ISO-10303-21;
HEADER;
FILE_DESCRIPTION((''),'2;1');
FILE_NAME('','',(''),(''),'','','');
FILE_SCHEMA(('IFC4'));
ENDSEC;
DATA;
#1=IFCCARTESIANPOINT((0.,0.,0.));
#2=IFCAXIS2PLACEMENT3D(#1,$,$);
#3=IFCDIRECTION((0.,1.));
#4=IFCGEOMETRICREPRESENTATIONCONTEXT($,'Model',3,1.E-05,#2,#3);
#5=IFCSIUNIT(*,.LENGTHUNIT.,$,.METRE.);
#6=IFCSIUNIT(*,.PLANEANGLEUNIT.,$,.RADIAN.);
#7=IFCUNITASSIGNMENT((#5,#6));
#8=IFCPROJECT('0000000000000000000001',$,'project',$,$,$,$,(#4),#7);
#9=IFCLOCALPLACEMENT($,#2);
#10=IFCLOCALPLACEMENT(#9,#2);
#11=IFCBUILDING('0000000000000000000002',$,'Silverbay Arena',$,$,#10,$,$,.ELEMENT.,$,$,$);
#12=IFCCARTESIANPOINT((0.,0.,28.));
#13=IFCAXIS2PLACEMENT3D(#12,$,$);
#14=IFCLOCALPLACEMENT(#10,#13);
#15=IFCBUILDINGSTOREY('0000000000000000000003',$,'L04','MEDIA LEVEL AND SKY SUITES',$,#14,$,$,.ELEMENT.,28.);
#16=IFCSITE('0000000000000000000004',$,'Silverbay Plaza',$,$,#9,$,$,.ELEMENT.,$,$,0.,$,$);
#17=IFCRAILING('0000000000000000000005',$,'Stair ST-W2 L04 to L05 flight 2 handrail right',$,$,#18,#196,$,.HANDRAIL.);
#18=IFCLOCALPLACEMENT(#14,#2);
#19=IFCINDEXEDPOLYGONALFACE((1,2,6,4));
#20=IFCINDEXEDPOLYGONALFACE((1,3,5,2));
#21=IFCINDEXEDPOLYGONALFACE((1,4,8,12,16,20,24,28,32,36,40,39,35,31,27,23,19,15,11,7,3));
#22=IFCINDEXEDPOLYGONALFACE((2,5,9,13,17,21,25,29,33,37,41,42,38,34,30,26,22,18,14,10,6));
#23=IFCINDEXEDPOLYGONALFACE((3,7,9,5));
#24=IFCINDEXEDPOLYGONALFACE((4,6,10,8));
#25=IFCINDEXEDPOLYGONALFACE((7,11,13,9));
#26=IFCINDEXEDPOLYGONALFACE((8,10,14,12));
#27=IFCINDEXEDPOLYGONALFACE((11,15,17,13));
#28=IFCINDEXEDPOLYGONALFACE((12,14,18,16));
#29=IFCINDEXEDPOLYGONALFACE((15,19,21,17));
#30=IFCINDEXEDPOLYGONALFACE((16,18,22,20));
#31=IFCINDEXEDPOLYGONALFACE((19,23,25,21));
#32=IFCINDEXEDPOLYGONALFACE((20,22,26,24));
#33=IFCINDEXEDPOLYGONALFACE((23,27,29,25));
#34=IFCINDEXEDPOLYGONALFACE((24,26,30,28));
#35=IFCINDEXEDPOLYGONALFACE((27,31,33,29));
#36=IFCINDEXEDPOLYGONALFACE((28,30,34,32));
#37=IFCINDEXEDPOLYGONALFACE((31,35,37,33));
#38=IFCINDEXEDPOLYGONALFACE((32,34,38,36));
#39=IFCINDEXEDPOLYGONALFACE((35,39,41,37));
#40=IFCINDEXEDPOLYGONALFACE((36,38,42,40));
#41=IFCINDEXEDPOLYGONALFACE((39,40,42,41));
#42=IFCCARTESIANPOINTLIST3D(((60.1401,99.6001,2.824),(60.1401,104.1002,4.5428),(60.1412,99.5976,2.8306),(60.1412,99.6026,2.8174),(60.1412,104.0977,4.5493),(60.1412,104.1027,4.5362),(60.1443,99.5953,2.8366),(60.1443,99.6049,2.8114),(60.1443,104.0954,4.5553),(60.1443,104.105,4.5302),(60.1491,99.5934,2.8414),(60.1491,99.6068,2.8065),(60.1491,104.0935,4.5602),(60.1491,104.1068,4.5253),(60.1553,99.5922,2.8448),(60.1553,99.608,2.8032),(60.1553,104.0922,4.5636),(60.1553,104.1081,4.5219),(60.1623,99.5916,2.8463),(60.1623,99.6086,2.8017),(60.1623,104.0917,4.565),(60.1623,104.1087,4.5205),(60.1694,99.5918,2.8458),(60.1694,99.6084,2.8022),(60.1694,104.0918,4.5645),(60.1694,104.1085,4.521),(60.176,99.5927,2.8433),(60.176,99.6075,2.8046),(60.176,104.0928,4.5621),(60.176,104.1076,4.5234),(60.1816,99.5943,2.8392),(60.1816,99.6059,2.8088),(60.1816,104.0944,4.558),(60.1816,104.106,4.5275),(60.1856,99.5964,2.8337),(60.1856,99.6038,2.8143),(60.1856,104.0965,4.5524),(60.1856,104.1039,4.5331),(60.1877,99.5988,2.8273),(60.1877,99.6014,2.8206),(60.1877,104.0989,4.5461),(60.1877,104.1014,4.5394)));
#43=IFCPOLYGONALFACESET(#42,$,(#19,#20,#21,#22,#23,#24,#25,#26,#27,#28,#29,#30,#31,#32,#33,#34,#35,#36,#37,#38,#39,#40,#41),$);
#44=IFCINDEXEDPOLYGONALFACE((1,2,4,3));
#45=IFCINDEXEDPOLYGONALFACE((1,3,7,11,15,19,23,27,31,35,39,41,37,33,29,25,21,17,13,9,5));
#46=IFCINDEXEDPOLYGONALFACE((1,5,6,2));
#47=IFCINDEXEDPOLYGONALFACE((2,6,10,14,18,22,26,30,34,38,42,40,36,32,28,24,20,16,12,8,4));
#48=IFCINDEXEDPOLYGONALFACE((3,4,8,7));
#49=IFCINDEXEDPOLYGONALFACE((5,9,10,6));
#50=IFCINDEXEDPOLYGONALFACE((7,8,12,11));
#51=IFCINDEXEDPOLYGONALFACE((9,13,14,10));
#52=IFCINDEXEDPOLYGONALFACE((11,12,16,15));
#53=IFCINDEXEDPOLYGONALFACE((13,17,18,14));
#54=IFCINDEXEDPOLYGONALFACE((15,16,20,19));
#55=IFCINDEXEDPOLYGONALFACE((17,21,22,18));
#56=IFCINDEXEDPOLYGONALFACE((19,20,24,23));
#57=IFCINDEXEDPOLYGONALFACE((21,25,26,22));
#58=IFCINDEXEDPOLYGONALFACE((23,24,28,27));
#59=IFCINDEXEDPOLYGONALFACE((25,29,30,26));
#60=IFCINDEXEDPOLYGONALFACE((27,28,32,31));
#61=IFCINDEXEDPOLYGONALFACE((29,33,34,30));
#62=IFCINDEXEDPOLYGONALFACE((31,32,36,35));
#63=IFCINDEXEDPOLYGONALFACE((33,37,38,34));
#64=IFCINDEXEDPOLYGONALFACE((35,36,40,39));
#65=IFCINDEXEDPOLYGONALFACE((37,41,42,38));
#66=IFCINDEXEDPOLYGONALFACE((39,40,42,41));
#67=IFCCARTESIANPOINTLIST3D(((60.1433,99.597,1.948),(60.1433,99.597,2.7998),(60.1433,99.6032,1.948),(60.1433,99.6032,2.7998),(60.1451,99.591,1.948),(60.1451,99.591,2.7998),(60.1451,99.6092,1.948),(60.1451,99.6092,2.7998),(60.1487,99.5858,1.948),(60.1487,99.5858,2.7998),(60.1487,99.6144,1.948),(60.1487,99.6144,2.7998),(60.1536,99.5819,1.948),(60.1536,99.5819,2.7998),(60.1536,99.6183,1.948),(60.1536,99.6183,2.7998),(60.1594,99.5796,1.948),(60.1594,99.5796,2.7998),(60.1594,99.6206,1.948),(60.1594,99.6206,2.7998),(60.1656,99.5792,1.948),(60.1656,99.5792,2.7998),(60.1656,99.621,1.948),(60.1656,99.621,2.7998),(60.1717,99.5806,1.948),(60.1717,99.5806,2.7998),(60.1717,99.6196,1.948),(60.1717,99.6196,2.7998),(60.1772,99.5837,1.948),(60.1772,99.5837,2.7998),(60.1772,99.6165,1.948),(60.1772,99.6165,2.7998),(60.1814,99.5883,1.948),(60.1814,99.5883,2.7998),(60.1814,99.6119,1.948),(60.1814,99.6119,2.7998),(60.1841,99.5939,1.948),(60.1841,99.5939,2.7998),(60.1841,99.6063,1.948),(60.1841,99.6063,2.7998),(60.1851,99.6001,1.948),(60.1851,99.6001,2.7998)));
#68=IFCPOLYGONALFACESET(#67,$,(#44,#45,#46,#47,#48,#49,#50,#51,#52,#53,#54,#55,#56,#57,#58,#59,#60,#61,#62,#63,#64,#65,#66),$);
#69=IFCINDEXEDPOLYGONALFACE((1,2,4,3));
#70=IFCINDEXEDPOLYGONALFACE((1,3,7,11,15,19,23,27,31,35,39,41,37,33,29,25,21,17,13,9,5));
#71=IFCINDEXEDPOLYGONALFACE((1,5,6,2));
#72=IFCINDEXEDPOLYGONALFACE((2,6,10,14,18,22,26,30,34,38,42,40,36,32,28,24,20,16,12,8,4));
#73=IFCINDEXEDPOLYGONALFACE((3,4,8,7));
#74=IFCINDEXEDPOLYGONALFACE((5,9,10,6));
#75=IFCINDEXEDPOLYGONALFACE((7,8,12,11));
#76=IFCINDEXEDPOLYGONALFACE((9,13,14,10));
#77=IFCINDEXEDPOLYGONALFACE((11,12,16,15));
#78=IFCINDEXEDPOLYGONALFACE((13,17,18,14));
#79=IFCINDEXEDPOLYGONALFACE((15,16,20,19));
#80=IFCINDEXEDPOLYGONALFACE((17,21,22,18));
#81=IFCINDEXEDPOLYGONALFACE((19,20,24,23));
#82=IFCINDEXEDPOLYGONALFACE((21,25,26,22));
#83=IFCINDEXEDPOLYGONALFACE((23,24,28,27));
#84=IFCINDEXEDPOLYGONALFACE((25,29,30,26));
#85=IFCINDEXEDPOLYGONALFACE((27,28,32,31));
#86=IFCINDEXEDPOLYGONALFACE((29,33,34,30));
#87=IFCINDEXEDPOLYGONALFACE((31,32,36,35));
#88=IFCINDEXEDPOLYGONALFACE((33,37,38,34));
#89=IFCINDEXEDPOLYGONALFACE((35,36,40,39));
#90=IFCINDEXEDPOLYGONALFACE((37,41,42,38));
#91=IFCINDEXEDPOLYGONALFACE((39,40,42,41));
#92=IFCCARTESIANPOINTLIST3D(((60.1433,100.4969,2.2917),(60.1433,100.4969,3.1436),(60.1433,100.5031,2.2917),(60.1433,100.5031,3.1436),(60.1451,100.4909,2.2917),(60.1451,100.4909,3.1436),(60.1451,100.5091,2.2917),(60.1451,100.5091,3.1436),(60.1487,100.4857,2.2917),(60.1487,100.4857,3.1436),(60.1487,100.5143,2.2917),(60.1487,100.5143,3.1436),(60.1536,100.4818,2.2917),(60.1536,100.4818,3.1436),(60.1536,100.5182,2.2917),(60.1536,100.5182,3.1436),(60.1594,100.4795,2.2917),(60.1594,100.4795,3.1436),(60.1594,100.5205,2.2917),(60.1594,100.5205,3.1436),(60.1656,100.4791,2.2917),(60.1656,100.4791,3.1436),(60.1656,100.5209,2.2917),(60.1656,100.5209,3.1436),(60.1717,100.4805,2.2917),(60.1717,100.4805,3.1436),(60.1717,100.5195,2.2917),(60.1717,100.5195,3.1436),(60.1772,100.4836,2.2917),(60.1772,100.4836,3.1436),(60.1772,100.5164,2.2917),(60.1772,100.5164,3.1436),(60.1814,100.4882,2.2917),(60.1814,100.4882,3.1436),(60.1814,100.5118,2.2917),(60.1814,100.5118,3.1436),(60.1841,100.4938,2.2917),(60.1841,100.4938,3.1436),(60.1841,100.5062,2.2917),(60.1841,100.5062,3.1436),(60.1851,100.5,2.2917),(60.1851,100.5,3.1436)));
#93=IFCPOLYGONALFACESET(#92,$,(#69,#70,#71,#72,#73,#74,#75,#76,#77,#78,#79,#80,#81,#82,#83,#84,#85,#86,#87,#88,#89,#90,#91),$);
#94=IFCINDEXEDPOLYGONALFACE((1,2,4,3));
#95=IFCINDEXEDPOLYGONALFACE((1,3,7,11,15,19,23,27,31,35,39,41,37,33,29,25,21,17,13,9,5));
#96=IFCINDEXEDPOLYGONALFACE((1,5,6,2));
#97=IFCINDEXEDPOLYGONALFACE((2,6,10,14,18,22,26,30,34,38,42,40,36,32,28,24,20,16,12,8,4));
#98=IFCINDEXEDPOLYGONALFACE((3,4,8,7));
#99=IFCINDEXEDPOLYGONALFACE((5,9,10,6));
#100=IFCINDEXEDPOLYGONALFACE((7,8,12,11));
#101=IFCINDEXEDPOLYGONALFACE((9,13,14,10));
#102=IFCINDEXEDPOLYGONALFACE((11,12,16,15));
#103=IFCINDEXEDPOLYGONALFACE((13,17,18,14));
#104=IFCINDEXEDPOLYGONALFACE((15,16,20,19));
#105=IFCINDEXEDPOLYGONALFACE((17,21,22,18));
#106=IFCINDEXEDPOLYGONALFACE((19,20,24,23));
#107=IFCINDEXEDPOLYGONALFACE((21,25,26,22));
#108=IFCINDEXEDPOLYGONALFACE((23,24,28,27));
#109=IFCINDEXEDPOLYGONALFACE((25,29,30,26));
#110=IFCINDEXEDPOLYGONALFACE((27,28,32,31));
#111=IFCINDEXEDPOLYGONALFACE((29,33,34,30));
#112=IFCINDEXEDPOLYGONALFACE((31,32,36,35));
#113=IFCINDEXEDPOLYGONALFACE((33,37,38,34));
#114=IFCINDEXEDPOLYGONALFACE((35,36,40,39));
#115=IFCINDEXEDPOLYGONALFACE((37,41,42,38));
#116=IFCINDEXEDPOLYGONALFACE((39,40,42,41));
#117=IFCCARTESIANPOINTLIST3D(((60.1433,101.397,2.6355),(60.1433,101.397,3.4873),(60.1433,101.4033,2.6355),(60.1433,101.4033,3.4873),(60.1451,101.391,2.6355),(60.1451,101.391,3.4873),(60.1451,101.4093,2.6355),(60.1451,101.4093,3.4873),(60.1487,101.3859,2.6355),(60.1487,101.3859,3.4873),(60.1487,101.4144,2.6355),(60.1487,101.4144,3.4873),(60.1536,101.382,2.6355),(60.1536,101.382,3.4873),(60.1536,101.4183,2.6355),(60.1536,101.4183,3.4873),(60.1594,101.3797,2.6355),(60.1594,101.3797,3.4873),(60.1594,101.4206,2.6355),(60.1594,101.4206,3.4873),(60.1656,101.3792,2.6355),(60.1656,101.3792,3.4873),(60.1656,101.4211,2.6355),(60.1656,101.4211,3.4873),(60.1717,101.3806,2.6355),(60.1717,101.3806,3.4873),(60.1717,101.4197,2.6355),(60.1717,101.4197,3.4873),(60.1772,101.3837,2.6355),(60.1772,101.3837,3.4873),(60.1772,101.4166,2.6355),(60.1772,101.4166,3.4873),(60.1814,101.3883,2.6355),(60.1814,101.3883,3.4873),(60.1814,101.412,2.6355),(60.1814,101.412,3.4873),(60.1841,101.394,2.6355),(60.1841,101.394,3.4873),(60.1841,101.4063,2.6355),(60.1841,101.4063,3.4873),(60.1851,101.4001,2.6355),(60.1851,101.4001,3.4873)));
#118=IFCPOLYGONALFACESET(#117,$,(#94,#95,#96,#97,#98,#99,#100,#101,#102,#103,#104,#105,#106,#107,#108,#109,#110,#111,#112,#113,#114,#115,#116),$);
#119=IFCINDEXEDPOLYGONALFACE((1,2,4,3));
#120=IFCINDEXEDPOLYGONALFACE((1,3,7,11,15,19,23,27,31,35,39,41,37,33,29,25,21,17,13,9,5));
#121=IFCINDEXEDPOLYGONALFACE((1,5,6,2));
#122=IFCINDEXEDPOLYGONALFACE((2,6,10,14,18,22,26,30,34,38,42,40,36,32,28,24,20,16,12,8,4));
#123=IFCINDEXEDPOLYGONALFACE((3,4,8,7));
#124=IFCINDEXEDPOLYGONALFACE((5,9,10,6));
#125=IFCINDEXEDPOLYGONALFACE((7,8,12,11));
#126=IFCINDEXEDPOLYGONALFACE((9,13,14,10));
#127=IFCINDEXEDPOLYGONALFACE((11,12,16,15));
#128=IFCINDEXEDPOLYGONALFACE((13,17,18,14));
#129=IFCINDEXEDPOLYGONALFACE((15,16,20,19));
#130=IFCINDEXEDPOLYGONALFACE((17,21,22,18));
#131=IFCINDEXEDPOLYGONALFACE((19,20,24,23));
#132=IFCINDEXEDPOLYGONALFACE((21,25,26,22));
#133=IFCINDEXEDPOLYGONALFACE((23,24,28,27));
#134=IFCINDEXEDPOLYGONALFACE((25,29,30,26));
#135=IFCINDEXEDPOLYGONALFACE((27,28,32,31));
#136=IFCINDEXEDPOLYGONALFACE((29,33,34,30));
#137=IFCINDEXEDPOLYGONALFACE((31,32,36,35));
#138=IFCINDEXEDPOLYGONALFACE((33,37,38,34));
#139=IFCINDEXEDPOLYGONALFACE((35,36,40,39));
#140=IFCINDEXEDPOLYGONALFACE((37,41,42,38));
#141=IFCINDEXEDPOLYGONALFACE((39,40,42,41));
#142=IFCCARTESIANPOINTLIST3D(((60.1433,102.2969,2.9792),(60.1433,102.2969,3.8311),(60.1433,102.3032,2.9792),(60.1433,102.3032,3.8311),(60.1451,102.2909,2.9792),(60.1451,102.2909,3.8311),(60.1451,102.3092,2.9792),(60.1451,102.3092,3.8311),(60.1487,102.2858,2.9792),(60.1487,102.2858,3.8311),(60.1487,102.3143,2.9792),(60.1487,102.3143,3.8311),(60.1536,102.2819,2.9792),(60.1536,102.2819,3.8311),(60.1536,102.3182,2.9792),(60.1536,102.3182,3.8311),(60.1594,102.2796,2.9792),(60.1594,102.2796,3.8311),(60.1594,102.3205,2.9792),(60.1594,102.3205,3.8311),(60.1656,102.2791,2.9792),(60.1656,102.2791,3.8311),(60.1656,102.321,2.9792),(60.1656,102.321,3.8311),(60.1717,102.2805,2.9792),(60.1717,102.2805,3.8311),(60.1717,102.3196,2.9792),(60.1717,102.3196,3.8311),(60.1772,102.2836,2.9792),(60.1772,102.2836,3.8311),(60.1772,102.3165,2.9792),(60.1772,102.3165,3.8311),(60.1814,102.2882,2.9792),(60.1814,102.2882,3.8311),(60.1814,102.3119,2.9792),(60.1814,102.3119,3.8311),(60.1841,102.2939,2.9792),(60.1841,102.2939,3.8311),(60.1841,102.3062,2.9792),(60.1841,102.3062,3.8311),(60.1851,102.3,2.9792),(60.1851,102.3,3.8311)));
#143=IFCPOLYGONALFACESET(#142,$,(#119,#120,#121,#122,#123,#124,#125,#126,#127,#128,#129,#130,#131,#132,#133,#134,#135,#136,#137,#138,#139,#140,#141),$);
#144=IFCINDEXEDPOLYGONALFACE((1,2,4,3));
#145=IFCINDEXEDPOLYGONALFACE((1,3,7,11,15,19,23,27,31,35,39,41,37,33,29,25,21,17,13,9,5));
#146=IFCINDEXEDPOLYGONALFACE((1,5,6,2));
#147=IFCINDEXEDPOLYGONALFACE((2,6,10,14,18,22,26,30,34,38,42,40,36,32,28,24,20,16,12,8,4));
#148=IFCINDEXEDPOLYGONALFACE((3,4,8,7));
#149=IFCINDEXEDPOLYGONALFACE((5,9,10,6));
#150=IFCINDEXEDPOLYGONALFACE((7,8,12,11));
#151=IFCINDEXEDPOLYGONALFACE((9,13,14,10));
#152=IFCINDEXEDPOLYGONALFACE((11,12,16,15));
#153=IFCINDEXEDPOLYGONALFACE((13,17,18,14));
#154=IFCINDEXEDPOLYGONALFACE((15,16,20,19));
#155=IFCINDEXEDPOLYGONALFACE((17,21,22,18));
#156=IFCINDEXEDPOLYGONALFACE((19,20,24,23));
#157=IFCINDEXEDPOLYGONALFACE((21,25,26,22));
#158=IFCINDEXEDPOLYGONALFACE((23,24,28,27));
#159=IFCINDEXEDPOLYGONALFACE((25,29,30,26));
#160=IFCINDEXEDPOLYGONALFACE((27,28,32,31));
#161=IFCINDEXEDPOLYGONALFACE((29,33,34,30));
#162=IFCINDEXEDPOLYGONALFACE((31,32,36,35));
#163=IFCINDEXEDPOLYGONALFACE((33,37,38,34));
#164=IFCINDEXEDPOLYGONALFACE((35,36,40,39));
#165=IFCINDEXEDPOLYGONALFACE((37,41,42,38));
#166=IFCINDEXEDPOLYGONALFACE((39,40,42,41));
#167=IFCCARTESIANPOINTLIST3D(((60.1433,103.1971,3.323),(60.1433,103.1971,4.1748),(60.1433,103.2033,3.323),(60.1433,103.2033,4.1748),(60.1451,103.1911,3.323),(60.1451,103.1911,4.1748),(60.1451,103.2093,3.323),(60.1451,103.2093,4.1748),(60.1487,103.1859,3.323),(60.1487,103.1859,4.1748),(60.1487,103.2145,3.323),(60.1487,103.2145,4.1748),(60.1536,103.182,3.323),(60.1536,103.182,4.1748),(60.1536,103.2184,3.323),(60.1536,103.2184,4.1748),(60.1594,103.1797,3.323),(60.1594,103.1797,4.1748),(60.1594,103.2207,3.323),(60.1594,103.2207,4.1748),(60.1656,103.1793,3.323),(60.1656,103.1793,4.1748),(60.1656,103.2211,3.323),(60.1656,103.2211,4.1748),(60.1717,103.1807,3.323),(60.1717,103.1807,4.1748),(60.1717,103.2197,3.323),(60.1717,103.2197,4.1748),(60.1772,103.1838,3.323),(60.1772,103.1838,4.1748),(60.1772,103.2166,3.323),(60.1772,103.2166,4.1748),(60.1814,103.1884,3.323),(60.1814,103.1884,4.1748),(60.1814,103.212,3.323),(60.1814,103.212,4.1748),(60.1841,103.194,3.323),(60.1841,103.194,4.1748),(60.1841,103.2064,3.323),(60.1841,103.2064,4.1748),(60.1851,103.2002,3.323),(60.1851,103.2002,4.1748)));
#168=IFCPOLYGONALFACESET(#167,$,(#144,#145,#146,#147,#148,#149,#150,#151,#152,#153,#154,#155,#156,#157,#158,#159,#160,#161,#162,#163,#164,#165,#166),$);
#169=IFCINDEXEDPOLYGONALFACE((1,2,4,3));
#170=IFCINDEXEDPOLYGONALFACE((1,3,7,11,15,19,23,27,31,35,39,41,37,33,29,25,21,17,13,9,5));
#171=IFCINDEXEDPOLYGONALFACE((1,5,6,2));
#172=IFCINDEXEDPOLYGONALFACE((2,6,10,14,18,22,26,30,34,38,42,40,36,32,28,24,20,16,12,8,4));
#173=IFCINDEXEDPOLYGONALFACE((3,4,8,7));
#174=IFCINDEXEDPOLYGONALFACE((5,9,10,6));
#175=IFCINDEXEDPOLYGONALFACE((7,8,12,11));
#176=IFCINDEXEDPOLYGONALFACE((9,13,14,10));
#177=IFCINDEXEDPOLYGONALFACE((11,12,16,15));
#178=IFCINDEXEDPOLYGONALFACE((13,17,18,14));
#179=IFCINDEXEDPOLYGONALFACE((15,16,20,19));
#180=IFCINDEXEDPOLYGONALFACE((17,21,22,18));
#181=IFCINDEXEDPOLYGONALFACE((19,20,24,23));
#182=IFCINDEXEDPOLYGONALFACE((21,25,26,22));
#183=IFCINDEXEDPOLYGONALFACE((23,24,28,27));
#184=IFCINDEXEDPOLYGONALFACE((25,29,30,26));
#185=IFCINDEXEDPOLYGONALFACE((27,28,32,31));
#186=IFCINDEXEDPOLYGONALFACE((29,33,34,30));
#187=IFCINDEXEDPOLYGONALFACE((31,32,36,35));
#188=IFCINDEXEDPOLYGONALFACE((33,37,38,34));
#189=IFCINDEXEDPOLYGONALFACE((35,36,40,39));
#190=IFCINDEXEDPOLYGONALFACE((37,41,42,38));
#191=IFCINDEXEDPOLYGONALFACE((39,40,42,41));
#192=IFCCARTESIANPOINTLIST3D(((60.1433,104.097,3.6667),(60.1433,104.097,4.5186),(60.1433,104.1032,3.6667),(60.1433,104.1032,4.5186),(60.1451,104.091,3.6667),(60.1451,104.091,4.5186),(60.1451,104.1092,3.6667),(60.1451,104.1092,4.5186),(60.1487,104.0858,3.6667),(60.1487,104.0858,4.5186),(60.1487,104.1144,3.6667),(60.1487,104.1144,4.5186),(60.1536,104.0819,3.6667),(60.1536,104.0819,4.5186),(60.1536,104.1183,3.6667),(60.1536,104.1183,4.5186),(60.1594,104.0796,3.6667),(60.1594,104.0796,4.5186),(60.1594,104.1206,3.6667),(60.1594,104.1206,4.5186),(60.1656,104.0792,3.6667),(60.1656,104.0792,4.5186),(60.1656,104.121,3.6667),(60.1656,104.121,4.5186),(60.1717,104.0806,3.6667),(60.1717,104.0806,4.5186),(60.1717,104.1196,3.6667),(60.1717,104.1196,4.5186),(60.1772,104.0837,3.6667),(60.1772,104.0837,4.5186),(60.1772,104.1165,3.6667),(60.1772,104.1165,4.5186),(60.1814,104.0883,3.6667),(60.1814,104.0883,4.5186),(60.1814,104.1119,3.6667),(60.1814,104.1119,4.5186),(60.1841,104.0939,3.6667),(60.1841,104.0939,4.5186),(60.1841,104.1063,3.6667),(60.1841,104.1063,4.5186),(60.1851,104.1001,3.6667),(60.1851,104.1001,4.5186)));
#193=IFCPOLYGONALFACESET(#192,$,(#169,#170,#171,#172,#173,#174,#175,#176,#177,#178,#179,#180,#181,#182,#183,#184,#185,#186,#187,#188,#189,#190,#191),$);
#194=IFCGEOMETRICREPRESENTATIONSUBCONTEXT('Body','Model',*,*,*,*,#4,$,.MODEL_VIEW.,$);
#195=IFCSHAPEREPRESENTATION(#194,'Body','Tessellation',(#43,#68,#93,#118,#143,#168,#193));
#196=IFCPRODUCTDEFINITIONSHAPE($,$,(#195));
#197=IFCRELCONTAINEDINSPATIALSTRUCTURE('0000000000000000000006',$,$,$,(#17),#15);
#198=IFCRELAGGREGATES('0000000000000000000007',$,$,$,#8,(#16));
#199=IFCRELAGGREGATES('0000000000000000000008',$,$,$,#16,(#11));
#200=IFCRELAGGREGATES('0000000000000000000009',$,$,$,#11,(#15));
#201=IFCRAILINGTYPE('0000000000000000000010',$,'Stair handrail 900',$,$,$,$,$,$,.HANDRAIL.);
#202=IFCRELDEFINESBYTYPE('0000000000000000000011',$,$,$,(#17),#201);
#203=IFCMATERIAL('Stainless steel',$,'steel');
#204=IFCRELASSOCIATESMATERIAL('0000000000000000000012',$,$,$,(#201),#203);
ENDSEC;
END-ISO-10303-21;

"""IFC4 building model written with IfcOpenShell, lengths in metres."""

from ifc_helpers import new_model, si_unit, direction, frame, origin, origin_2d, place, context, subcontext, project, spatial, circle, extrude, material, type_object, element, save


model = new_model("IFC4")

# Units and contexts
model_context = context("Model", 3, precision=1e-05, world=origin(), true_north=direction((0.0, 1.0)))
body_context = subcontext(model_context, "Body", "Model", "MODEL_VIEW")
ifc_project = project(units=[si_unit("LENGTHUNIT", "METRE"), si_unit("PLANEANGLEUNIT", "RADIAN")], contexts=[model_context])

# Site, building, storey
site_placement = place(None, origin())
site = spatial("IfcSite", under=ifc_project, at=site_placement, Name="Silverbay Plaza", CompositionType="ELEMENT", RefElevation=0.0)
building_placement = place(site_placement, origin())
building = spatial("IfcBuilding", under=site, at=building_placement, Name="Silverbay Arena", CompositionType="ELEMENT")
storey_placement = place(building_placement, frame((0.0, 0.0, 28.0)))
storey = spatial("IfcBuildingStorey", under=building, at=storey_placement, Name="L04", Description="MEDIA LEVEL AND SKY SUITES", CompositionType="ELEMENT", Elevation=28.0)

# Railing
ifc_material_1 = material(Name="Stainless steel", Category="steel")
railing_type_1 = type_object("IfcRailingType", Name="Stair handrail 900", PredefinedType="HANDRAIL", material=ifc_material_1)
for number, where, name in (
    (1, (60.1641, 99.6001, 1.948), "Stair ST-W2 L04 to L05 flight 2 handrail right"),
):
    element("IfcRailing", number, at=place(storey_placement, frame(where)), inside=storey, type_object=railing_type_1, Name=name, PredefinedType="HANDRAIL", context=body_context, shape_type="SweptSolid", body=[
        extrude(circle(Radius=0.0239, at=origin_2d()), frame((0.0, 0.0, 0.876), z_axis=(0.0, 0.934179, 0.356805), x_axis=(-1.0, 0.0, 0.0)), (0.0, 0.0, 1.0), 4.8171),
        extrude(circle(Radius=0.021, at=origin_2d()), origin(), (0.0, 0.0, 1.0), 0.8518),
        extrude(circle(Radius=0.021, at=origin_2d()), frame((0.0, 0.8999, 0.3438)), (0.0, 0.0, 1.0), 0.8518),
        extrude(circle(Radius=0.021, at=origin_2d()), frame((0.0, 1.8, 0.6875)), (0.0, 0.0, 1.0), 0.8518),
        extrude(circle(Radius=0.021, at=origin_2d()), frame((0.0, 2.7, 1.0312)), (0.0, 0.0, 1.0), 0.8518),
        extrude(circle(Radius=0.021, at=origin_2d()), frame((0.0, 3.6001, 1.375)), (0.0, 0.0, 1.0), 0.8518),
        extrude(circle(Radius=0.021, at=origin_2d()), frame((0.0, 4.5, 1.7188)), (0.0, 0.0, 1.0), 0.8518),
    ])

save(model, "model.ifc")
